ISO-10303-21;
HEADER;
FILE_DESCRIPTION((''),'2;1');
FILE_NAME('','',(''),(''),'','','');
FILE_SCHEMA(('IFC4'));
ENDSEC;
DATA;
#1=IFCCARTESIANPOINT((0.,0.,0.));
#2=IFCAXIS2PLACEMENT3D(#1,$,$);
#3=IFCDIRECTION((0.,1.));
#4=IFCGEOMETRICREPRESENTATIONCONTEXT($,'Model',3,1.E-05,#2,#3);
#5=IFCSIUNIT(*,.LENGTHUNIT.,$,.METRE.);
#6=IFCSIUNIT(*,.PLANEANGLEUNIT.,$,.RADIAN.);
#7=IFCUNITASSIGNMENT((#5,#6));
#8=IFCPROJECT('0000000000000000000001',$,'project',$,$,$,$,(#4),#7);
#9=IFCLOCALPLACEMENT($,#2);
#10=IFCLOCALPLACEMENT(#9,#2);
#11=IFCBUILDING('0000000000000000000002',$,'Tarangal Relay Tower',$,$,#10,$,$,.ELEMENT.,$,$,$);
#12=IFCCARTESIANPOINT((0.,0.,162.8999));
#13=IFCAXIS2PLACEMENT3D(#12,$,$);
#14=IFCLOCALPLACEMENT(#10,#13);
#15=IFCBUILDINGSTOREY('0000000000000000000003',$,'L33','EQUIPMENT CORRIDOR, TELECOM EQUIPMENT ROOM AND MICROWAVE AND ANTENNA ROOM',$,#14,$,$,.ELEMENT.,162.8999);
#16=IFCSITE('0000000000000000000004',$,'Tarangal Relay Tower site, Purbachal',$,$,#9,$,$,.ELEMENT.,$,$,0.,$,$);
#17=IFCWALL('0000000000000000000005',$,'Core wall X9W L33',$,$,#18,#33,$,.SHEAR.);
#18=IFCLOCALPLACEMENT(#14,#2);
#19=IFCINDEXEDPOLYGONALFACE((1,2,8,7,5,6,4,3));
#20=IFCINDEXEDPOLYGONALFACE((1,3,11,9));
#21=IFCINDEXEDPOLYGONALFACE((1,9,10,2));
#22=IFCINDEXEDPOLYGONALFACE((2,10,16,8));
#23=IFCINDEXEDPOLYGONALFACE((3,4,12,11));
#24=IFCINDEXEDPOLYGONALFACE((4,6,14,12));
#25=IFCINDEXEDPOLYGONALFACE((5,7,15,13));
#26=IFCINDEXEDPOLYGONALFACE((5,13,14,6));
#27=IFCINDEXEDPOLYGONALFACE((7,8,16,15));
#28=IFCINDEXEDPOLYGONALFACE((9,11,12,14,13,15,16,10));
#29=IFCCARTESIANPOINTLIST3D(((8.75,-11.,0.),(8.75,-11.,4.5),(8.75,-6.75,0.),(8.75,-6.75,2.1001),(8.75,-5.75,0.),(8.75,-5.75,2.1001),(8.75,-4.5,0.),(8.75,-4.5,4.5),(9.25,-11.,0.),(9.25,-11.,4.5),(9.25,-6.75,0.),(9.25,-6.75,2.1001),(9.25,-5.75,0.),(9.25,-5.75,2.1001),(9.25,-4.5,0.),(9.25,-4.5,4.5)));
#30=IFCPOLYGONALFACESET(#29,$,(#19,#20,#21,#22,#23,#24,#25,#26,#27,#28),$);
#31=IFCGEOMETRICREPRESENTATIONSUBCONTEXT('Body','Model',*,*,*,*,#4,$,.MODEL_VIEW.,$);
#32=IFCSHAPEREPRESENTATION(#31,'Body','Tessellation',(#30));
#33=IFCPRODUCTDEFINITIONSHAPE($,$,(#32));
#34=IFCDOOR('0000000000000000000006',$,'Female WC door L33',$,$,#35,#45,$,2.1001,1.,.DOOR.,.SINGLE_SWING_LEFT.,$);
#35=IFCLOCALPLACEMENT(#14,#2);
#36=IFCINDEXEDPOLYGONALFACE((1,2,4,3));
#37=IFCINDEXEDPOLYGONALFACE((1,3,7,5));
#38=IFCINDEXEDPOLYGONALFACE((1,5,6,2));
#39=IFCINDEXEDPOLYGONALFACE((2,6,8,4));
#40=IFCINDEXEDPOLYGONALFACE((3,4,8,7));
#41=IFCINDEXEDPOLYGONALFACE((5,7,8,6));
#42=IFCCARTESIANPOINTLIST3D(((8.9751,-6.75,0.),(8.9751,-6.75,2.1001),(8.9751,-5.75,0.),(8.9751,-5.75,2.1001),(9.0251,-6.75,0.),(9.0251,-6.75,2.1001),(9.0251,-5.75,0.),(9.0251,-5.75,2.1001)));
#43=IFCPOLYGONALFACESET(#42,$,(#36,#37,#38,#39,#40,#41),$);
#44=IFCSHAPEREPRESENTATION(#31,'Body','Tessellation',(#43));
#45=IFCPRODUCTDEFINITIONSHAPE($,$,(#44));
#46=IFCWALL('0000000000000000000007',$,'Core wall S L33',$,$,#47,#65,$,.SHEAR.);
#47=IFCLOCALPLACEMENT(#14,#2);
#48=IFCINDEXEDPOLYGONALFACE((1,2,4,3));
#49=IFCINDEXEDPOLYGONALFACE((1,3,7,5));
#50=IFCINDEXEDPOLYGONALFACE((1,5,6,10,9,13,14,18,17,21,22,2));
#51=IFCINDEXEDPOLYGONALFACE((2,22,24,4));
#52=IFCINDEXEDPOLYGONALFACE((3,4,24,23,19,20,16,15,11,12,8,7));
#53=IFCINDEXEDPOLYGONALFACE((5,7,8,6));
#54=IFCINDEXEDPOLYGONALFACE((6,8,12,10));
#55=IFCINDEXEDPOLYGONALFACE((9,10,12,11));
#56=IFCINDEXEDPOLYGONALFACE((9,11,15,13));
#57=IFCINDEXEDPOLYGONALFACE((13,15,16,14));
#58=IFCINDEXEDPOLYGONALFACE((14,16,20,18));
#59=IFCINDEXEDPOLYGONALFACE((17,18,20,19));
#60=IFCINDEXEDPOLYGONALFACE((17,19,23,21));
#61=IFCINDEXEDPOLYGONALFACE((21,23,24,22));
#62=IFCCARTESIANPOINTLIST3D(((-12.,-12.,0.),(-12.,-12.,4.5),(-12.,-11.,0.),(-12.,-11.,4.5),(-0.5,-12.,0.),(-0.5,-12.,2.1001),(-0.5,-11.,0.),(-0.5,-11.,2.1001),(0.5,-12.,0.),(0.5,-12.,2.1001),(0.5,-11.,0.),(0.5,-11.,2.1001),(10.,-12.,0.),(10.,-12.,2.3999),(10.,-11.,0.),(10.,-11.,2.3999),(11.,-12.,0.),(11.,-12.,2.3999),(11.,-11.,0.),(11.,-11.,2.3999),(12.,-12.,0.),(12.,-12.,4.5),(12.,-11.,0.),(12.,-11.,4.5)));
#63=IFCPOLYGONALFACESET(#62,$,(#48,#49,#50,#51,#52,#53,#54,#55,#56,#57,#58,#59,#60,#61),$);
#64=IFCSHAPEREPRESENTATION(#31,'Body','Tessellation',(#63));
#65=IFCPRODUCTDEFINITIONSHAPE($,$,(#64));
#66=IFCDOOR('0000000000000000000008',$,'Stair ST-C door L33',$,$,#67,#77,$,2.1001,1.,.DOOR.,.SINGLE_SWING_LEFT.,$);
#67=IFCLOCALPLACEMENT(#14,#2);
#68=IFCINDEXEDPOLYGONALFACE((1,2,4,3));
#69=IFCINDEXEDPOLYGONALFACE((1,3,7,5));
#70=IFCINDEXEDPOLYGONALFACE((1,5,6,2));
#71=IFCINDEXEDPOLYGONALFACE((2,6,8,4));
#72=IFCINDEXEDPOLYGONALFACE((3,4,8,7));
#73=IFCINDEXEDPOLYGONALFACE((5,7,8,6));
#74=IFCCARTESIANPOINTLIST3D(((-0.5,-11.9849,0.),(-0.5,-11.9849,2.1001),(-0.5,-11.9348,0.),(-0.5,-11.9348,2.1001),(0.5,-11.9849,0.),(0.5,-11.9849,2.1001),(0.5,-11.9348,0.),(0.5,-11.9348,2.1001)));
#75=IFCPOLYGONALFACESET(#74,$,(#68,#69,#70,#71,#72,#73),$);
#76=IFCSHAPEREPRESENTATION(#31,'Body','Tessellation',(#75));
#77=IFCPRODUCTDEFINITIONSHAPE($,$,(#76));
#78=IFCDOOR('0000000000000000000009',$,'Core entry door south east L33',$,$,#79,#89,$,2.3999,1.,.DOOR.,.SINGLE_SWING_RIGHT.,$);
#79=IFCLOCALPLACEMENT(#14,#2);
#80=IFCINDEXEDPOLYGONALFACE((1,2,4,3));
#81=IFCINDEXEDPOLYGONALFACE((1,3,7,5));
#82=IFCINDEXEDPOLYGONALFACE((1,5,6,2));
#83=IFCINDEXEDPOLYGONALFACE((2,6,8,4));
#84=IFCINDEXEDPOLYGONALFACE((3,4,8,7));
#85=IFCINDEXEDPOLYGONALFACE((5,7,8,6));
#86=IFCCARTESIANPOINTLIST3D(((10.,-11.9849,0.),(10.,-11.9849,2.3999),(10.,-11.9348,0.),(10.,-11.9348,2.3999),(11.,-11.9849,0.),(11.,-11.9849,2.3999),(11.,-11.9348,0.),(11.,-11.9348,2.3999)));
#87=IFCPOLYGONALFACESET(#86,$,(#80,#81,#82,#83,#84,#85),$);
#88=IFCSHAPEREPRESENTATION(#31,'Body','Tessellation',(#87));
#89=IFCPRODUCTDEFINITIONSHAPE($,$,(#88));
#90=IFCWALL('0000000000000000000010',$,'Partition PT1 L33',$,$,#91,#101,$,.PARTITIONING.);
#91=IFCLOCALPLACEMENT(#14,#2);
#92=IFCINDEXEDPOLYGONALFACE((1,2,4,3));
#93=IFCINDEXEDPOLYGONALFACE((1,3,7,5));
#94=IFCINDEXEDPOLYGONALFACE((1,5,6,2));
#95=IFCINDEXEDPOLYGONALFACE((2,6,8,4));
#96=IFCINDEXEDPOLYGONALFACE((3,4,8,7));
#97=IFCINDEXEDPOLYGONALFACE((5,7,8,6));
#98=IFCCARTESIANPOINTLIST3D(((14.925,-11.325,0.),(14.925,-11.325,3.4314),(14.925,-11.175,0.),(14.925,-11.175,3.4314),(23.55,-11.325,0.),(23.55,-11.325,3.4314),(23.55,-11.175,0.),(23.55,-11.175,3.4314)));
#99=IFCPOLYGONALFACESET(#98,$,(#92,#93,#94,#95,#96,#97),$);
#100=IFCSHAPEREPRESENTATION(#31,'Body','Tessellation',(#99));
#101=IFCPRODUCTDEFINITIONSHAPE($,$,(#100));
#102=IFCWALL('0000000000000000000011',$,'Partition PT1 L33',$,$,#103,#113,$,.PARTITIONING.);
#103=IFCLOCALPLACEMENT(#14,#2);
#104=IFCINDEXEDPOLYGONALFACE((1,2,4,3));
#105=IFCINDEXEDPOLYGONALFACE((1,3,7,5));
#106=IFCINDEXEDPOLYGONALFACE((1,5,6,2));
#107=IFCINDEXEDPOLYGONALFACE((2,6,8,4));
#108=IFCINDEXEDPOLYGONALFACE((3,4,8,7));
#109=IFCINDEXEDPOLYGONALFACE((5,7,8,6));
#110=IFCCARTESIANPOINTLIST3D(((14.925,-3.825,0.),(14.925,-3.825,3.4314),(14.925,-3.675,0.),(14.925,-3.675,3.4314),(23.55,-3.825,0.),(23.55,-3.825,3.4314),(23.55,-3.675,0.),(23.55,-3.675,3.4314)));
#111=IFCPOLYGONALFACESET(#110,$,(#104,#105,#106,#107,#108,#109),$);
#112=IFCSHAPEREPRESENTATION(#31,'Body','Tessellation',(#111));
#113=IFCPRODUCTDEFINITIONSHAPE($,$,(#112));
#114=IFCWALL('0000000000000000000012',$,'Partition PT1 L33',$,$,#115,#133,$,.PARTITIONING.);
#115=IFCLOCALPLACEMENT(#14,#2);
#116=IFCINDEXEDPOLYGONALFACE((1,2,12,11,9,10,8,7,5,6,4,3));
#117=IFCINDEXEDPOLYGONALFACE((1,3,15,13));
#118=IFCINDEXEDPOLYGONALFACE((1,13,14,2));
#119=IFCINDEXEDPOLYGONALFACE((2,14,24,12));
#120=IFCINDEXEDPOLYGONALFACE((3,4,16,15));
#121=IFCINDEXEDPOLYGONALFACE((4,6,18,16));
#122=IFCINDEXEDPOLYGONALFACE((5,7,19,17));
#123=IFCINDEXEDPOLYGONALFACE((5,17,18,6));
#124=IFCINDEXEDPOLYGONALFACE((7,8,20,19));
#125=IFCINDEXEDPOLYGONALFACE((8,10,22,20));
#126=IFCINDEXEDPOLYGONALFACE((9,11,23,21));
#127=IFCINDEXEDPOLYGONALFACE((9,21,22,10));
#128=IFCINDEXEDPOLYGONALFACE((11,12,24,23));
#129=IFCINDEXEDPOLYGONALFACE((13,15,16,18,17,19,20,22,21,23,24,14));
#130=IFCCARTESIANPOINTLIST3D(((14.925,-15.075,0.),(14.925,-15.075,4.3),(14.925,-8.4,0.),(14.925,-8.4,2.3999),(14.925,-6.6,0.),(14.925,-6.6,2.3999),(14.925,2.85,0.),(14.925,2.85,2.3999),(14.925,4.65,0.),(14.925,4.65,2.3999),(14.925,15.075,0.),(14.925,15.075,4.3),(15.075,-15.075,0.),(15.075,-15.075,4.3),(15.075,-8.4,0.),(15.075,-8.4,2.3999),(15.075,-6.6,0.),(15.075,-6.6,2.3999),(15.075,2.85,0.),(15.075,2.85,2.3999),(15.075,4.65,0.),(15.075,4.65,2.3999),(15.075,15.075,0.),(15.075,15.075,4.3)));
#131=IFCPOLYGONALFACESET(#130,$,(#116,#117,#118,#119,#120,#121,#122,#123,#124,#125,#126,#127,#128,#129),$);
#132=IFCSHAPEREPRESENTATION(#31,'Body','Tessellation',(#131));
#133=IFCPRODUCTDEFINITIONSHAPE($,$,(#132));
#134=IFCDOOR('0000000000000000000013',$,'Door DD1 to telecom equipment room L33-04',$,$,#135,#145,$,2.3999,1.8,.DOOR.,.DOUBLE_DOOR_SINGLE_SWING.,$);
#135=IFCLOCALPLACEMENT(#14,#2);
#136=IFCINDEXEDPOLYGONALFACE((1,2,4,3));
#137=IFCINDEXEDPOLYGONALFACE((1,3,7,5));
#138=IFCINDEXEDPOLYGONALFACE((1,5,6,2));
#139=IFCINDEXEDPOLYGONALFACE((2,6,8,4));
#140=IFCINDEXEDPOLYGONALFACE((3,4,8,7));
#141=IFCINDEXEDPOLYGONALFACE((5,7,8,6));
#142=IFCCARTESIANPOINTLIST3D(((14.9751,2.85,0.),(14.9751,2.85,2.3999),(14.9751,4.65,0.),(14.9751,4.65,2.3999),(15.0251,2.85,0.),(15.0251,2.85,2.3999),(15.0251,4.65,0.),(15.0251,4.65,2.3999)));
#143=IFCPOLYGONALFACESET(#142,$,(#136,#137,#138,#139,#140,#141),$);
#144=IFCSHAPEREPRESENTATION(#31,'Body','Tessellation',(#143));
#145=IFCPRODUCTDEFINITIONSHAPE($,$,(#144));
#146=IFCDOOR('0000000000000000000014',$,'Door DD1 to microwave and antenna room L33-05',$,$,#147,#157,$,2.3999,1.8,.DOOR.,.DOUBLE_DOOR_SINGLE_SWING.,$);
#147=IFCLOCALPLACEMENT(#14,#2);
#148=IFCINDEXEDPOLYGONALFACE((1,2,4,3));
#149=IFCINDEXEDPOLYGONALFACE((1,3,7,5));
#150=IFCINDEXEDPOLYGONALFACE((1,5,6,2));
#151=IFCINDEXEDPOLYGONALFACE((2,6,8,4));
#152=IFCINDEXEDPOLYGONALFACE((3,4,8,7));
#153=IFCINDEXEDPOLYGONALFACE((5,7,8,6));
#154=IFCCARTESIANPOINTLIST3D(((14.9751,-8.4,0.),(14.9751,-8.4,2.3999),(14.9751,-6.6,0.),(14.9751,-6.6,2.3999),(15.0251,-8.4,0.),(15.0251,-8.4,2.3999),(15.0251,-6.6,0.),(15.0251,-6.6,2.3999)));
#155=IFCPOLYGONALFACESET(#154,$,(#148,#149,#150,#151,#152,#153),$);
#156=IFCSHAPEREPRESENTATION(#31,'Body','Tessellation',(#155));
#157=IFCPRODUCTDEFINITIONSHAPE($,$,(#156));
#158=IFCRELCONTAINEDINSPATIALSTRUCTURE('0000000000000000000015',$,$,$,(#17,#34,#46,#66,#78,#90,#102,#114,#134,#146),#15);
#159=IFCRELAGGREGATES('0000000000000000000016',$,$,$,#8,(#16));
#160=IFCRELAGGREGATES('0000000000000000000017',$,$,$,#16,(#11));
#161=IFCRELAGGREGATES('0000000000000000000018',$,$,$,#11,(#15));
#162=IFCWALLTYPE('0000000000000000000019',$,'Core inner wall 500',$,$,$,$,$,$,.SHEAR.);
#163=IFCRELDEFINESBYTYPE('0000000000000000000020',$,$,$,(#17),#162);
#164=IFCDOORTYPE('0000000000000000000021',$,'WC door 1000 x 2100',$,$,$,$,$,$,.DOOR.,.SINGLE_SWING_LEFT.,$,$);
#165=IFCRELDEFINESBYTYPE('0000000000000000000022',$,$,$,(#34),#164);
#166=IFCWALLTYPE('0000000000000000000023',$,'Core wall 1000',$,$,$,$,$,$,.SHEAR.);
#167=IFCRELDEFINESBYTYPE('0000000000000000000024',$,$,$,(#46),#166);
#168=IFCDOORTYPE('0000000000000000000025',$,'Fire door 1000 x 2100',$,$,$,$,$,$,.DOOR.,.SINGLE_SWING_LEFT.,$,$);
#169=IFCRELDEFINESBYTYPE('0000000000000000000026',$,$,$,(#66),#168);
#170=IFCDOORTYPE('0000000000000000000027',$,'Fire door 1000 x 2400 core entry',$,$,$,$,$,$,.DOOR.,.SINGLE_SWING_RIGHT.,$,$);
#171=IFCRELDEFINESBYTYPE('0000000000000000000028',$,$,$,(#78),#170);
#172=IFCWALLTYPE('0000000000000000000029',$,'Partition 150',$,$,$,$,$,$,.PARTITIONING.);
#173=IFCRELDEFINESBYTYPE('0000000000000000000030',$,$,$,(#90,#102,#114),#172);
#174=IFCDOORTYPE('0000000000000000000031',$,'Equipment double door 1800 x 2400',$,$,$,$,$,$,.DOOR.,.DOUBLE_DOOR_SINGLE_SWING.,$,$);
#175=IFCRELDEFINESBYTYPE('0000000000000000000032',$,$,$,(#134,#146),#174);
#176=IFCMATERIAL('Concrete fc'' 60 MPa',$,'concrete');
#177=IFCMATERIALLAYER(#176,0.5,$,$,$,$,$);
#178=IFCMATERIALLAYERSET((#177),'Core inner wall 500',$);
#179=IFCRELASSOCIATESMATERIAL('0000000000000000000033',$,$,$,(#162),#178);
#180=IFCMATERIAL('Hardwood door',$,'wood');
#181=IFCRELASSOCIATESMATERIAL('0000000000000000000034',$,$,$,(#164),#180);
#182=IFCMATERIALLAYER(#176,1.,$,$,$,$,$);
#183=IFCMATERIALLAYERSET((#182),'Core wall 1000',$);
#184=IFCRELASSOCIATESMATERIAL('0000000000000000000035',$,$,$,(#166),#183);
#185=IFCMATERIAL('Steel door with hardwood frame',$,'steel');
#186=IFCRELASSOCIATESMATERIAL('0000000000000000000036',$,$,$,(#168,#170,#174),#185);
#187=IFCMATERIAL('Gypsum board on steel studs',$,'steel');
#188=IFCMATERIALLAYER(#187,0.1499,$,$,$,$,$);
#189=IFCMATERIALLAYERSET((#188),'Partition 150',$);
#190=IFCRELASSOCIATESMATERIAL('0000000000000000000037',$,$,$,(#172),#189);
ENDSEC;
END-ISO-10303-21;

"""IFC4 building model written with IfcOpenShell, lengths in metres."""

from ifc_helpers import new_model, si_unit, direction, frame, frame_2d, origin, place, context, subcontext, project, spatial, rectangle, extrude, material, layer, layer_set, type_object, element, fill, save


model = new_model("IFC4")

# Units and contexts
model_context = context("Model", 3, precision=1e-05, world=origin(), true_north=direction((0.0, 1.0)))
body_context = subcontext(model_context, "Body", "Model", "MODEL_VIEW")
ifc_project = project(units=[si_unit("LENGTHUNIT", "METRE"), si_unit("PLANEANGLEUNIT", "RADIAN")], contexts=[model_context])

# Site, building, storey
site_placement = place(None, origin())
site = spatial("IfcSite", under=ifc_project, at=site_placement, Name="Tarangal Relay Tower site, Purbachal", CompositionType="ELEMENT", RefElevation=0.0)
building_placement = place(site_placement, origin())
building = spatial("IfcBuilding", under=site, at=building_placement, Name="Tarangal Relay Tower", CompositionType="ELEMENT")
storey_placement = place(building_placement, frame((0.0, 0.0, 162.8999)))
storey = spatial("IfcBuildingStorey", under=building, at=storey_placement, Name="L33", Description="EQUIPMENT CORRIDOR, TELECOM EQUIPMENT ROOM AND MICROWAVE AND ANTENNA ROOM", CompositionType="ELEMENT", Elevation=162.8999)

# Shared definitions
ifc_material_1 = material(Name="Concrete fc' 60 MPa", Category="concrete")
ifc_layer_1 = layer(ifc_material_1, 0.5)
ifc_layer_set_1 = layer_set([ifc_layer_1], Name="Core inner wall 500")
wall_type_1 = type_object("IfcWallType", Name="Core inner wall 500", PredefinedType="SHEAR", material=ifc_layer_set_1)

# Wall, opening, door
wall_1_placement = place(storey_placement, frame((9.0, -11.0, 0.0), z_axis=(0.0, 0.0, 1.0), x_axis=(0.0, 1.0, 0.0)))
wall_1 = element("IfcWall", 1, at=wall_1_placement, inside=storey, type_object=wall_type_1, Name="Core wall X9W L33", PredefinedType="SHEAR", context=body_context, shape_type="SweptSolid", body=[
    extrude(rectangle(XDim=6.5, YDim=0.5, at=frame_2d((3.25, 0.0))), origin(), (0.0, 0.0, 1.0), 4.5),
])
opening_1_placement = place(wall_1_placement, frame((4.25, 0.0, 0.0)))
opening_1 = element("IfcOpeningElement", 2, at=opening_1_placement, cuts=wall_1, PredefinedType="OPENING", context=body_context, shape_type="SweptSolid", body=[
    extrude(rectangle(XDim=1.0, YDim=2.1001, at=frame_2d((0.5, 1.05))), frame((0.0, 0.26, 0.0), z_axis=(0.0, -1.0, 0.0), x_axis=(1.0, 0.0, 0.0)), (0.0, 0.0, 1.0), 0.52),
])
ifc_material_2 = material(Name="Hardwood door", Category="wood")
door_type_1 = type_object("IfcDoorType", Name="WC door 1000 x 2100", OperationType="SINGLE_SWING_LEFT", PredefinedType="DOOR", material=ifc_material_2)
door_1_placement = place(opening_1_placement, origin())
door_1 = element("IfcDoor", 3, at=door_1_placement, inside=storey, type_object=door_type_1, Name="Female WC door L33", OperationType="SINGLE_SWING_LEFT", OverallHeight=2.1001, OverallWidth=1.0, PredefinedType="DOOR", context=body_context, shape_type="SweptSolid", body=[
    extrude(rectangle(XDim=1.0, YDim=2.1001, at=frame_2d((0.5, 1.05))), frame((0.0, 0.0249, 0.0), z_axis=(0.0, -1.0, 0.0), x_axis=(1.0, 0.0, 0.0)), (0.0, 0.0, 1.0), 0.05),
])
fill(opening_1, door_1)

# Wall, openings, doors
ifc_layer_2 = layer(ifc_material_1, 1.0)
ifc_layer_set_2 = layer_set([ifc_layer_2], Name="Core wall 1000")
wall_type_2 = type_object("IfcWallType", Name="Core wall 1000", PredefinedType="SHEAR", material=ifc_layer_set_2)
wall_2_placement = place(storey_placement, frame((12.0, -11.5, 0.0), z_axis=(0.0, 0.0, 1.0), x_axis=(-1.0, 0.0, 0.0)))
wall_2 = element("IfcWall", 4, at=wall_2_placement, inside=storey, type_object=wall_type_2, Name="Core wall S L33", PredefinedType="SHEAR", context=body_context, shape_type="SweptSolid", body=[
    extrude(rectangle(XDim=24.0, YDim=1.0, at=frame_2d((12.0, 0.0))), origin(), (0.0, 0.0, 1.0), 4.5),
])
opening_2_placement = place(wall_2_placement, frame((11.5, 0.0, 0.0)))
opening_2 = element("IfcOpeningElement", 5, at=opening_2_placement, cuts=wall_2, PredefinedType="OPENING", context=body_context, shape_type="SweptSolid", body=[
    extrude(rectangle(XDim=1.0, YDim=2.1001, at=frame_2d((0.5, 1.05))), frame((0.0, 0.51, 0.0), z_axis=(0.0, -1.0, 0.0), x_axis=(1.0, 0.0, 0.0)), (0.0, 0.0, 1.0), 1.02),
])
opening_3_placement = place(wall_2_placement, frame((1.0, 0.0, 0.0)))
opening_3 = element("IfcOpeningElement", 6, at=opening_3_placement, cuts=wall_2, PredefinedType="OPENING", context=body_context, shape_type="SweptSolid", body=[
    extrude(rectangle(XDim=1.0, YDim=2.3999, at=frame_2d((0.5, 1.2))), frame((0.0, 0.51, 0.0), z_axis=(0.0, -1.0, 0.0), x_axis=(1.0, 0.0, 0.0)), (0.0, 0.0, 1.0), 1.02),
])
ifc_material_3 = material(Name="Steel door with hardwood frame", Category="steel")
door_type_2 = type_object("IfcDoorType", Name="Fire door 1000 x 2100", OperationType="SINGLE_SWING_LEFT", PredefinedType="DOOR", material=ifc_material_3)
door_2_placement = place(opening_2_placement, origin())
door_2 = element("IfcDoor", 7, at=door_2_placement, inside=storey, type_object=door_type_2, Name="Stair ST-C door L33", OperationType="SINGLE_SWING_LEFT", OverallHeight=2.1001, OverallWidth=1.0, PredefinedType="DOOR", context=body_context, shape_type="SweptSolid", body=[
    extrude(rectangle(XDim=1.0, YDim=2.1001, at=frame_2d((0.5, 1.05))), frame((0.0, 0.4849, 0.0), z_axis=(0.0, -1.0, 0.0), x_axis=(1.0, 0.0, 0.0)), (0.0, 0.0, 1.0), 0.05),
])
fill(opening_2, door_2)
door_type_3 = type_object("IfcDoorType", Name="Fire door 1000 x 2400 core entry", OperationType="SINGLE_SWING_RIGHT", PredefinedType="DOOR", material=ifc_material_3)
door_3_placement = place(opening_3_placement, origin())
door_3 = element("IfcDoor", 8, at=door_3_placement, inside=storey, type_object=door_type_3, Name="Core entry door south east L33", OperationType="SINGLE_SWING_RIGHT", OverallHeight=2.3999, OverallWidth=1.0, PredefinedType="DOOR", context=body_context, shape_type="SweptSolid", body=[
    extrude(rectangle(XDim=1.0, YDim=2.3999, at=frame_2d((0.5, 1.2))), frame((0.0, 0.4849, 0.0), z_axis=(0.0, -1.0, 0.0), x_axis=(1.0, 0.0, 0.0)), (0.0, 0.0, 1.0), 0.05),
])
fill(opening_3, door_3)

# Walls
ifc_material_4 = material(Name="Gypsum board on steel studs", Category="steel")
ifc_layer_3 = layer(ifc_material_4, 0.1499)
ifc_layer_set_3 = layer_set([ifc_layer_3], Name="Partition 150")
wall_type_3 = type_object("IfcWallType", Name="Partition 150", PredefinedType="PARTITIONING", material=ifc_layer_set_3)
for number, where, z_axis, x_axis, name in (
    (9, (14.925, -11.25, 0.0), (0.0, 0.0, 1.0), (1.0, 0.0, 0.0), "Partition PT1 L33"),
    (10, (14.925, -3.75, 0.0), (0.0, 0.0, 1.0), (1.0, 0.0, 0.0), "Partition PT1 L33"),
):
    element("IfcWall", number, at=place(storey_placement, frame(where, z_axis=z_axis, x_axis=x_axis)), inside=storey, type_object=wall_type_3, Name=name, PredefinedType="PARTITIONING", context=body_context, shape_type="SweptSolid", body=[
        extrude(rectangle(XDim=8.625, YDim=0.1499, at=frame_2d((4.3125, 0.0))), origin(), (0.0, 0.0, 1.0), 3.4314),
    ])

# Wall, openings, doors
wall_3_placement = place(storey_placement, frame((15.0, -15.075, 0.0), z_axis=(0.0, 0.0, 1.0), x_axis=(0.0, 1.0, 0.0)))
wall_3 = element("IfcWall", 11, at=wall_3_placement, inside=storey, type_object=wall_type_3, Name="Partition PT1 L33", PredefinedType="PARTITIONING", context=body_context, shape_type="SweptSolid", body=[
    extrude(rectangle(XDim=30.1499, YDim=0.1499, at=frame_2d((15.075, 0.0))), origin(), (0.0, 0.0, 1.0), 4.3),
])
opening_4_placement = place(wall_3_placement, frame((17.925, 0.0, 0.0)))
opening_4 = element("IfcOpeningElement", 12, at=opening_4_placement, cuts=wall_3, PredefinedType="OPENING", context=body_context, shape_type="SweptSolid", body=[
    extrude(rectangle(XDim=1.8, YDim=2.3999, at=frame_2d((0.8999, 1.2))), frame((0.0, 0.085, 0.0), z_axis=(0.0, -1.0, 0.0), x_axis=(1.0, 0.0, 0.0)), (0.0, 0.0, 1.0), 0.1699),
])
opening_5_placement = place(wall_3_placement, frame((6.675, 0.0, 0.0)))
opening_5 = element("IfcOpeningElement", 13, at=opening_5_placement, cuts=wall_3, PredefinedType="OPENING", context=body_context, shape_type="SweptSolid", body=[
    extrude(rectangle(XDim=1.8, YDim=2.3999, at=frame_2d((0.8999, 1.2))), frame((0.0, 0.085, 0.0), z_axis=(0.0, -1.0, 0.0), x_axis=(1.0, 0.0, 0.0)), (0.0, 0.0, 1.0), 0.1699),
])
door_type_4 = type_object("IfcDoorType", Name="Equipment double door 1800 x 2400", OperationType="DOUBLE_DOOR_SINGLE_SWING", PredefinedType="DOOR", material=ifc_material_3)
door_4_placement = place(opening_4_placement, origin())
door_4 = element("IfcDoor", 14, at=door_4_placement, inside=storey, type_object=door_type_4, Name="Door DD1 to telecom equipment room L33-04", OperationType="DOUBLE_DOOR_SINGLE_SWING", OverallHeight=2.3999, OverallWidth=1.8, PredefinedType="DOOR", context=body_context, shape_type="SweptSolid", body=[
    extrude(rectangle(XDim=1.8, YDim=2.3999, at=frame_2d((0.8999, 1.2))), frame((0.0, 0.0249, 0.0), z_axis=(0.0, -1.0, 0.0), x_axis=(1.0, 0.0, 0.0)), (0.0, 0.0, 1.0), 0.05),
])
fill(opening_4, door_4)
door_5_placement = place(opening_5_placement, origin())
door_5 = element("IfcDoor", 15, at=door_5_placement, inside=storey, type_object=door_type_4, Name="Door DD1 to microwave and antenna room L33-05", OperationType="DOUBLE_DOOR_SINGLE_SWING", OverallHeight=2.3999, OverallWidth=1.8, PredefinedType="DOOR", context=body_context, shape_type="SweptSolid", body=[
    extrude(rectangle(XDim=1.8, YDim=2.3999, at=frame_2d((0.8999, 1.2))), frame((0.0, 0.0249, 0.0), z_axis=(0.0, -1.0, 0.0), x_axis=(1.0, 0.0, 0.0)), (0.0, 0.0, 1.0), 0.05),
])
fill(opening_5, door_5)

save(model, "model.ifc")
